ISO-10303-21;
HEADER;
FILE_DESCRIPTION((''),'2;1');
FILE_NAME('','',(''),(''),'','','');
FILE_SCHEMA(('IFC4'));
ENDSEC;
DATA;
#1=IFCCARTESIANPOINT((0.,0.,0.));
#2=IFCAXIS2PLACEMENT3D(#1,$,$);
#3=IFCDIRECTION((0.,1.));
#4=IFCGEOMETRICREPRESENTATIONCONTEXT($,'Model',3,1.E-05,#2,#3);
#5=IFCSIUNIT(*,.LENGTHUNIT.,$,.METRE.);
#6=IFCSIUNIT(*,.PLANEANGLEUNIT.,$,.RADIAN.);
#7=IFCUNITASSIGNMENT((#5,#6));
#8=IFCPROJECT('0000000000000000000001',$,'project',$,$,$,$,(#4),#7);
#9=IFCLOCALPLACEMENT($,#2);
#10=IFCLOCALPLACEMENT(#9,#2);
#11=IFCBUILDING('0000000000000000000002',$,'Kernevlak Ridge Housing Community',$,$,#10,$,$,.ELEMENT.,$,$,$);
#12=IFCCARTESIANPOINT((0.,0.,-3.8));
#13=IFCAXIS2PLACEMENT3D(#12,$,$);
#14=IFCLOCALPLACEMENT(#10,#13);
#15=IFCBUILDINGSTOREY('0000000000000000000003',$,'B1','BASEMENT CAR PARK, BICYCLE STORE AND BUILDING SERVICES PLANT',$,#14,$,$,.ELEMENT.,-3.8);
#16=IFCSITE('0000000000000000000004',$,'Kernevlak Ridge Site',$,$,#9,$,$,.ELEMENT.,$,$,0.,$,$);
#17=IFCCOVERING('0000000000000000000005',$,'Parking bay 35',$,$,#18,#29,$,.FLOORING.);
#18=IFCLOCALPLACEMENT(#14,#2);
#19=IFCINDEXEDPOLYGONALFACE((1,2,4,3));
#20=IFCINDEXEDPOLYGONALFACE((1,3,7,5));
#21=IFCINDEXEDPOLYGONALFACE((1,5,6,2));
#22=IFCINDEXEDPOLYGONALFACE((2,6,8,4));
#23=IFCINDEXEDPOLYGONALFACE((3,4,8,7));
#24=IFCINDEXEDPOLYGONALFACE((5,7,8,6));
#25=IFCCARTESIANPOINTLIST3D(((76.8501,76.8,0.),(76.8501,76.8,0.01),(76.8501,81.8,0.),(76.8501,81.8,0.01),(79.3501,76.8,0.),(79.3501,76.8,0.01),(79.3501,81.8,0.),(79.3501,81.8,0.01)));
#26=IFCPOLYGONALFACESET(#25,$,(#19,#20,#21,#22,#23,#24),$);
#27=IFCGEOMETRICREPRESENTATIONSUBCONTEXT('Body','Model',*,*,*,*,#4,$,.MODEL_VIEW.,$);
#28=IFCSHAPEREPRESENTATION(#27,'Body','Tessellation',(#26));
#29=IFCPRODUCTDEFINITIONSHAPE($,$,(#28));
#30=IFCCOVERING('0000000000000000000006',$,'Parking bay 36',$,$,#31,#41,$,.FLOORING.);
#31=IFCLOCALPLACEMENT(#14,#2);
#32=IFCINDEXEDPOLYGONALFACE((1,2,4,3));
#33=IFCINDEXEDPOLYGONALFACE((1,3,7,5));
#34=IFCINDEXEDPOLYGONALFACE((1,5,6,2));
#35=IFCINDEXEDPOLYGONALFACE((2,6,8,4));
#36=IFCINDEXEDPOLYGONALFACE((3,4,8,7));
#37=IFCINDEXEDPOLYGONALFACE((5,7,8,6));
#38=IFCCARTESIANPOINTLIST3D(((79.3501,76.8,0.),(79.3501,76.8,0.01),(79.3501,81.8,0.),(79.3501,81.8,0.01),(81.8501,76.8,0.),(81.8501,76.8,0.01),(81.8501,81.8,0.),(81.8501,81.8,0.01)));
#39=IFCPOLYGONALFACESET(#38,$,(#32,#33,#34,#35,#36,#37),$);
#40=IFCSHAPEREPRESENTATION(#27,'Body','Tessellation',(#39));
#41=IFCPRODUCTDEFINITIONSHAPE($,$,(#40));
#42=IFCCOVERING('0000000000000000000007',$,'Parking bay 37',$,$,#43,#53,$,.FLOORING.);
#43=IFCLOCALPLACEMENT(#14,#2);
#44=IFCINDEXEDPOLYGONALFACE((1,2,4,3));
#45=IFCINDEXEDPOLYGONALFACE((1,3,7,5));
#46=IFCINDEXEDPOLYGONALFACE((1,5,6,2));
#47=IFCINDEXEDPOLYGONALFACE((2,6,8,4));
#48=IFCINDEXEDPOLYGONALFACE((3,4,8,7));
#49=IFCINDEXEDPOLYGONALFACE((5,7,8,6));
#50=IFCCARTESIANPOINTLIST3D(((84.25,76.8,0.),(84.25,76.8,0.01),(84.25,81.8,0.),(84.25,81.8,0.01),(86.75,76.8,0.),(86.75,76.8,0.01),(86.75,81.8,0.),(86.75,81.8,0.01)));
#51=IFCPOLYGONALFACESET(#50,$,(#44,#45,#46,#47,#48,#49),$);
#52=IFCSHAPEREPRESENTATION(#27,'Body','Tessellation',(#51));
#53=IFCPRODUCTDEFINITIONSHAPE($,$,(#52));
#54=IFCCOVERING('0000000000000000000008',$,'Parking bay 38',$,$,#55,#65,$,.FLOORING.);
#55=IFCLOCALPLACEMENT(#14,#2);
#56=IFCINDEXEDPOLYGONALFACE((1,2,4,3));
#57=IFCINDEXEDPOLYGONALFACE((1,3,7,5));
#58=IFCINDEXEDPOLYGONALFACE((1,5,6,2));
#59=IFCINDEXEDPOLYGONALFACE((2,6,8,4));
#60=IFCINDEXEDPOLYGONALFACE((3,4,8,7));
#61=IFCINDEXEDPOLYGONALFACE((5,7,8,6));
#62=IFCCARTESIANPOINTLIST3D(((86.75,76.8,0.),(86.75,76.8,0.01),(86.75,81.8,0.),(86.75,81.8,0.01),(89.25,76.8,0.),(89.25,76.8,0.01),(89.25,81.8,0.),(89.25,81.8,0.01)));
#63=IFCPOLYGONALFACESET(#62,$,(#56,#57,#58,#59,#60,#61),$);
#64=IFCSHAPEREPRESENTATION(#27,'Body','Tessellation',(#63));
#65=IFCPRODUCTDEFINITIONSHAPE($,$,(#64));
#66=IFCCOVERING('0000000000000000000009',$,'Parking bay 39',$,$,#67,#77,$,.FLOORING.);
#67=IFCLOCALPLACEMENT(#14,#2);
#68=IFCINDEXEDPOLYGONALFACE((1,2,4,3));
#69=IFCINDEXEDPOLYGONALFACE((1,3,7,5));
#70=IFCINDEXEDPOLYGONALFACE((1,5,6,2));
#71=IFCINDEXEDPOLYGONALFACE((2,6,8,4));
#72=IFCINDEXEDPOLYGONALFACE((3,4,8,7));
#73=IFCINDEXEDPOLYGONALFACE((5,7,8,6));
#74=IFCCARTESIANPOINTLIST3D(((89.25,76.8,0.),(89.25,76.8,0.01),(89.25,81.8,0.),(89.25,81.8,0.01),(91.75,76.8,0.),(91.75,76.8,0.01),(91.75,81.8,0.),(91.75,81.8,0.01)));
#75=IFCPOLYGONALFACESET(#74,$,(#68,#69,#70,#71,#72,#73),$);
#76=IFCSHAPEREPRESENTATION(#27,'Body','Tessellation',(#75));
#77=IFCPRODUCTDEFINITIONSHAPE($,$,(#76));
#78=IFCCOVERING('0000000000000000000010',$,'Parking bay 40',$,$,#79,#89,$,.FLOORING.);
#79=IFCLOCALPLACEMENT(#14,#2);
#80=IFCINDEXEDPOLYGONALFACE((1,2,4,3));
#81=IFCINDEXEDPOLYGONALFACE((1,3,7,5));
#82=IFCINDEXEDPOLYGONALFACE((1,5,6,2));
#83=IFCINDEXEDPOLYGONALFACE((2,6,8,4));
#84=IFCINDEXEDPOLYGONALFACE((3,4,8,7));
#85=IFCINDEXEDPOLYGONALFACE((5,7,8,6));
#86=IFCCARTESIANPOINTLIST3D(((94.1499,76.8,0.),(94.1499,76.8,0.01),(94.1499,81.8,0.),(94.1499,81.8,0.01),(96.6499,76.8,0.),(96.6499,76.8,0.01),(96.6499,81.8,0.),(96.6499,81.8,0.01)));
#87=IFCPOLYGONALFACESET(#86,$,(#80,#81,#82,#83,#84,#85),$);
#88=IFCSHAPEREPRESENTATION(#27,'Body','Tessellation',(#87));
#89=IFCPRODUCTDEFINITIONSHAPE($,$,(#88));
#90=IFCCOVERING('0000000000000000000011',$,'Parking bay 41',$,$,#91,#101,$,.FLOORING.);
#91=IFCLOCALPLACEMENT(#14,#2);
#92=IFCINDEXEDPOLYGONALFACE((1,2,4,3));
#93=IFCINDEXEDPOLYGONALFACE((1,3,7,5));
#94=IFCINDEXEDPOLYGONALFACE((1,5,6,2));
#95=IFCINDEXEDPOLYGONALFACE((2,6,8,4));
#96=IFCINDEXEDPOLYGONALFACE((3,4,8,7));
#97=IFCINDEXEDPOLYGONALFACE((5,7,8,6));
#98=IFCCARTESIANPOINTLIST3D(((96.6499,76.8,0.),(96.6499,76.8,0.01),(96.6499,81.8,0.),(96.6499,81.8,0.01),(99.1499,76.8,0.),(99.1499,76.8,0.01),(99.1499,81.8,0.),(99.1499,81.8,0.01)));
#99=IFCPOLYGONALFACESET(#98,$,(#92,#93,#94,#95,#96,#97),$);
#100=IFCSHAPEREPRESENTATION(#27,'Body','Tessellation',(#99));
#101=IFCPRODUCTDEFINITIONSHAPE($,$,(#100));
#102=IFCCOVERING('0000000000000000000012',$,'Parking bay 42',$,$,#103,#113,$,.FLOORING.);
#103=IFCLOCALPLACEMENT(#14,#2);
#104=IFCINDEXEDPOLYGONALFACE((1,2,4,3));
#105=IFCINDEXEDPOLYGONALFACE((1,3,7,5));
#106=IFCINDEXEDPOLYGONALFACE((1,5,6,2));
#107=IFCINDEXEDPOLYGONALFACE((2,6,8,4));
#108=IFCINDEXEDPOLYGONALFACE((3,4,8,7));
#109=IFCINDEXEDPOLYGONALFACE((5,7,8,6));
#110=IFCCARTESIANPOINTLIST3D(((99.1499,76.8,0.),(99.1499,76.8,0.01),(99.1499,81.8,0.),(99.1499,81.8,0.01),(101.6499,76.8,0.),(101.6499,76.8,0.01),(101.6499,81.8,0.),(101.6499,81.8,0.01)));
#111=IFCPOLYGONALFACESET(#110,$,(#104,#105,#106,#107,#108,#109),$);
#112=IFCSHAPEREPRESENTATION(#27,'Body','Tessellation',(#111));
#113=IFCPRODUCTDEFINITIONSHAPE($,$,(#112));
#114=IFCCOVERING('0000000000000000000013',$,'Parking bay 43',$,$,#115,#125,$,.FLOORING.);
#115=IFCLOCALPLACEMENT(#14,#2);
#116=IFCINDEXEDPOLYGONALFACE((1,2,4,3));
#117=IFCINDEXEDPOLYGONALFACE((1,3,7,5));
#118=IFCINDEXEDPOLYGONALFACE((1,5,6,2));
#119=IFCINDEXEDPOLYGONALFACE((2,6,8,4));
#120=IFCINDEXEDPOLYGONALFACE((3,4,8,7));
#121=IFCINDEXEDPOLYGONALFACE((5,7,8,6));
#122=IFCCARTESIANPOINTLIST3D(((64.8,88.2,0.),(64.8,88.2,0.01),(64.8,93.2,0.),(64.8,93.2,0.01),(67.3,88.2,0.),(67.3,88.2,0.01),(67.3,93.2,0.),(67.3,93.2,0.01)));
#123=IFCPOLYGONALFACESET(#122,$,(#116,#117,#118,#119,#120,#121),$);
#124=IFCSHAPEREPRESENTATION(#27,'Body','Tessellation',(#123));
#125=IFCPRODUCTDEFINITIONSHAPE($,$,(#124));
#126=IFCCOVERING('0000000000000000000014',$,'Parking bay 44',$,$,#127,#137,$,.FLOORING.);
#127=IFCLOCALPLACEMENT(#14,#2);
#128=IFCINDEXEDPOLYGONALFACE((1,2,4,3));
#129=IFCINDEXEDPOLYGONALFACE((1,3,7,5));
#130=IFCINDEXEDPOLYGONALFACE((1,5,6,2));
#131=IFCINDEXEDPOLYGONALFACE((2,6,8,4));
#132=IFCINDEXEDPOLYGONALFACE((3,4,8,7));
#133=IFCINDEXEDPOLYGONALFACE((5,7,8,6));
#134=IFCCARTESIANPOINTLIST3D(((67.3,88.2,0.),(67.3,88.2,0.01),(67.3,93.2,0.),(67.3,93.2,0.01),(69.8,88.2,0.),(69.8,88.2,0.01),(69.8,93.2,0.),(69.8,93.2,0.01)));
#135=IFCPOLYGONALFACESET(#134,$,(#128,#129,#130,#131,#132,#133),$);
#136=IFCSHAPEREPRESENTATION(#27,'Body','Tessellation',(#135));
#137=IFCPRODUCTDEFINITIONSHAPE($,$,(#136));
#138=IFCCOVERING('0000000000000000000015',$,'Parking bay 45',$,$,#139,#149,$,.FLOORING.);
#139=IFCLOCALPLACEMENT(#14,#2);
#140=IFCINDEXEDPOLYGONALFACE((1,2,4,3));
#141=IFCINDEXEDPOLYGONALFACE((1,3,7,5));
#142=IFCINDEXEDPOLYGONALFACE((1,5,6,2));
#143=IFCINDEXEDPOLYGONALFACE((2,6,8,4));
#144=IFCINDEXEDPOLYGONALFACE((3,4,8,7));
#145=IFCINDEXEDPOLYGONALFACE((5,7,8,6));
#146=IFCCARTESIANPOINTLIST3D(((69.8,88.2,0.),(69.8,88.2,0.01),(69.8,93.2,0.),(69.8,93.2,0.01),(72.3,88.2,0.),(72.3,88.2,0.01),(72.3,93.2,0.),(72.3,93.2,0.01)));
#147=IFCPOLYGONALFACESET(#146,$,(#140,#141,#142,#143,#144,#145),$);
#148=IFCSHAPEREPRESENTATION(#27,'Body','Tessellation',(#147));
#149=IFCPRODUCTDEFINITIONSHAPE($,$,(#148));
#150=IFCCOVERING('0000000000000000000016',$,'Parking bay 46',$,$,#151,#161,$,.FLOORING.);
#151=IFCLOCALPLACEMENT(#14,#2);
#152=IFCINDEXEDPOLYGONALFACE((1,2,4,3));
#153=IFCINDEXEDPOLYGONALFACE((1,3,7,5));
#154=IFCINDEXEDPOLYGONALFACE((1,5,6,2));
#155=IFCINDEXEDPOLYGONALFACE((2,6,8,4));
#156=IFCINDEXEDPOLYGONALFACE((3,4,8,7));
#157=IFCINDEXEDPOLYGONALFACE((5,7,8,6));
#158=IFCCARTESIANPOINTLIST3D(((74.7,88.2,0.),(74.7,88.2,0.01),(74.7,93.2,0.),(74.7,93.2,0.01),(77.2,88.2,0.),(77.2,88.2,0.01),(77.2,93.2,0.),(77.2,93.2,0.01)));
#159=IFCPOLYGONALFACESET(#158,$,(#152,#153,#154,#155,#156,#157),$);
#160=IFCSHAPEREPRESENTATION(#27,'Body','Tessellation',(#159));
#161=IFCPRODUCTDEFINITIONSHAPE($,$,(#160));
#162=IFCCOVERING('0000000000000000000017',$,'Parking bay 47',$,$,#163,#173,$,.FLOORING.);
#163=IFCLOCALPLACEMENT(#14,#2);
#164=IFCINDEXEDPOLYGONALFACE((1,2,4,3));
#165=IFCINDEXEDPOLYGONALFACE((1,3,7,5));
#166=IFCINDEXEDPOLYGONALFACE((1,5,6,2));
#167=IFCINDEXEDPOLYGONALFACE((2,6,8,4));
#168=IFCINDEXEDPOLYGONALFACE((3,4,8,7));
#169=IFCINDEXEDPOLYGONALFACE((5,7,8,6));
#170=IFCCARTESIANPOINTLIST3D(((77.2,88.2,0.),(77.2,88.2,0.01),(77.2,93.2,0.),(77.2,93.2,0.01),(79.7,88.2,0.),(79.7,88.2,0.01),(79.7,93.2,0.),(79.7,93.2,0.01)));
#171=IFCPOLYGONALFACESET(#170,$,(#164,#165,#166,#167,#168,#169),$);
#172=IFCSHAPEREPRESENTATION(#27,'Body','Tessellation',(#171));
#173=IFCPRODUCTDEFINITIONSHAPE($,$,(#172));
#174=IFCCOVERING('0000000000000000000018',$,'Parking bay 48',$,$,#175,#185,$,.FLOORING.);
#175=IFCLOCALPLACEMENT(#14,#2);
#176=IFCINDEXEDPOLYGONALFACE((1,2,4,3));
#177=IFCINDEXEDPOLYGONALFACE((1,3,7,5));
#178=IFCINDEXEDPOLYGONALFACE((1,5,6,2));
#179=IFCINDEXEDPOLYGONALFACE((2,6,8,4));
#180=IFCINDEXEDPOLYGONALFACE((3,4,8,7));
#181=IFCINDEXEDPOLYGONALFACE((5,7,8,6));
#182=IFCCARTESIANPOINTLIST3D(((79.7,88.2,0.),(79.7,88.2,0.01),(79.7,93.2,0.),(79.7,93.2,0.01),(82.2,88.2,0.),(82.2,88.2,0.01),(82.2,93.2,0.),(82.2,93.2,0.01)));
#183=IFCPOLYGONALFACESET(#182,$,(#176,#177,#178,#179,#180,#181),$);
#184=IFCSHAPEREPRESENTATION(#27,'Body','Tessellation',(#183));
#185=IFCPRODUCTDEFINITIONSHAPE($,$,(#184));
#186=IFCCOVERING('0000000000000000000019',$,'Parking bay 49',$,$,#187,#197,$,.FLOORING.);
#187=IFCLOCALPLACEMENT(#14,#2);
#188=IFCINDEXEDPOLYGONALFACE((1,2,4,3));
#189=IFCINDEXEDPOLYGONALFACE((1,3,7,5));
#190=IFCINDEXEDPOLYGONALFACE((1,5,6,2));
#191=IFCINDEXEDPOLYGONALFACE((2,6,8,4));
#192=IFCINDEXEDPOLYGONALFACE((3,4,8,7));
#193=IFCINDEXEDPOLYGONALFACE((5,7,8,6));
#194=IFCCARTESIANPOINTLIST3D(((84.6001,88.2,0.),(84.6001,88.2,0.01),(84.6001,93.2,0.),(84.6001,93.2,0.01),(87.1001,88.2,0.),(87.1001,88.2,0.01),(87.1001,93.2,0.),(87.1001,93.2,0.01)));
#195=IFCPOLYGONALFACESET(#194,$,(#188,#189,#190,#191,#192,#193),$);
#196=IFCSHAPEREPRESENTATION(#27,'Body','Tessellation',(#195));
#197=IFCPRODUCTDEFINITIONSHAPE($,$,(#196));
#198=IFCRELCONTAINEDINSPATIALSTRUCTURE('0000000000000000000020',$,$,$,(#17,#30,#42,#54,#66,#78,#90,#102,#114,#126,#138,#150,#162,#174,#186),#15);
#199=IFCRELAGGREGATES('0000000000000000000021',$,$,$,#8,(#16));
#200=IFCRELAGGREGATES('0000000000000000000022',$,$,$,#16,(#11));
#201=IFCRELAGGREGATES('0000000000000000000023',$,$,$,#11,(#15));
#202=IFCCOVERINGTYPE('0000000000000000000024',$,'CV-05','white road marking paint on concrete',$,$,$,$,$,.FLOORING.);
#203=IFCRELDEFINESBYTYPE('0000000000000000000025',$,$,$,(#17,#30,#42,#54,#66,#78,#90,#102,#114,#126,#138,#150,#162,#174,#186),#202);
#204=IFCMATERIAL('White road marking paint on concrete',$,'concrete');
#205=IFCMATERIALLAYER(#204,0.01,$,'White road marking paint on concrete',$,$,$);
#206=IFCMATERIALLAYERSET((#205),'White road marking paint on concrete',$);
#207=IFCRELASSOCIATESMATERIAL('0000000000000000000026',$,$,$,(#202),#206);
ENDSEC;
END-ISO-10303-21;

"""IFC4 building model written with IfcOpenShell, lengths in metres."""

from ifc_helpers import new_model, si_unit, direction, frame, origin, place, context, subcontext, project, spatial, polyline, outline, extrude, material, layer, layer_set, type_object, element, save


model = new_model("IFC4")

# Units and contexts
model_context = context("Model", 3, precision=1e-05, world=origin(), true_north=direction((0.0, 1.0)))
body_context = subcontext(model_context, "Body", "Model", "MODEL_VIEW")
ifc_project = project(units=[si_unit("LENGTHUNIT", "METRE"), si_unit("PLANEANGLEUNIT", "RADIAN")], contexts=[model_context])

# Site, building, storey
site_placement = place(None, origin())
site = spatial("IfcSite", under=ifc_project, at=site_placement, Name="Kernevlak Ridge Site", CompositionType="ELEMENT", RefElevation=0.0)
building_placement = place(site_placement, origin())
building = spatial("IfcBuilding", under=site, at=building_placement, Name="Kernevlak Ridge Housing Community", CompositionType="ELEMENT")
storey_placement = place(building_placement, frame((0.0, 0.0, -3.8)))
storey = spatial("IfcBuildingStorey", under=building, at=storey_placement, Name="B1", Description="BASEMENT CAR PARK, BICYCLE STORE AND BUILDING SERVICES PLANT", CompositionType="ELEMENT", Elevation=-3.8)

# Coverings
ifc_material_1 = material(Name="White road marking paint on concrete", Category="concrete")
ifc_layer_1 = layer(ifc_material_1, 0.01, Name="White road marking paint on concrete")
ifc_layer_set_1 = layer_set([ifc_layer_1], Name="White road marking paint on concrete")
covering_type = type_object("IfcCoveringType", Name="CV-05", Description="white road marking paint on concrete", PredefinedType="FLOORING", material=ifc_layer_set_1)
covering_1_placement = place(storey_placement, origin())
element("IfcCovering", 1, at=covering_1_placement, inside=storey, type_object=covering_type, Name="Parking bay 35", PredefinedType="FLOORING", context=body_context, shape_type="SweptSolid", body=[
    extrude(outline(polyline([(76.8501, 76.8), (79.3501, 76.8), (79.3501, 81.8), (76.8501, 81.8), (76.8501, 76.8)])), origin(), (0.0, 0.0, 1.0), 0.01),
])
covering_2_placement = place(storey_placement, origin())
element("IfcCovering", 2, at=covering_2_placement, inside=storey, type_object=covering_type, Name="Parking bay 36", PredefinedType="FLOORING", context=body_context, shape_type="SweptSolid", body=[
    extrude(outline(polyline([(79.3501, 76.8), (81.8501, 76.8), (81.8501, 81.8), (79.3501, 81.8), (79.3501, 76.8)])), origin(), (0.0, 0.0, 1.0), 0.01),
])
covering_3_placement = place(storey_placement, origin())
element("IfcCovering", 3, at=covering_3_placement, inside=storey, type_object=covering_type, Name="Parking bay 37", PredefinedType="FLOORING", context=body_context, shape_type="SweptSolid", body=[
    extrude(outline(polyline([(84.25, 76.8), (86.75, 76.8), (86.75, 81.8), (84.25, 81.8), (84.25, 76.8)])), origin(), (0.0, 0.0, 1.0), 0.01),
])
covering_4_placement = place(storey_placement, origin())
element("IfcCovering", 4, at=covering_4_placement, inside=storey, type_object=covering_type, Name="Parking bay 38", PredefinedType="FLOORING", context=body_context, shape_type="SweptSolid", body=[
    extrude(outline(polyline([(86.75, 76.8), (89.25, 76.8), (89.25, 81.8), (86.75, 81.8), (86.75, 76.8)])), origin(), (0.0, 0.0, 1.0), 0.01),
])
covering_5_placement = place(storey_placement, origin())
element("IfcCovering", 5, at=covering_5_placement, inside=storey, type_object=covering_type, Name="Parking bay 39", PredefinedType="FLOORING", context=body_context, shape_type="SweptSolid", body=[
    extrude(outline(polyline([(89.25, 76.8), (91.75, 76.8), (91.75, 81.8), (89.25, 81.8), (89.25, 76.8)])), origin(), (0.0, 0.0, 1.0), 0.01),
])
covering_6_placement = place(storey_placement, origin())
element("IfcCovering", 6, at=covering_6_placement, inside=storey, type_object=covering_type, Name="Parking bay 40", PredefinedType="FLOORING", context=body_context, shape_type="SweptSolid", body=[
    extrude(outline(polyline([(94.1499, 76.8), (96.6499, 76.8), (96.6499, 81.8), (94.1499, 81.8), (94.1499, 76.8)])), origin(), (0.0, 0.0, 1.0), 0.01),
])
covering_7_placement = place(storey_placement, origin())
element("IfcCovering", 7, at=covering_7_placement, inside=storey, type_object=covering_type, Name="Parking bay 41", PredefinedType="FLOORING", context=body_context, shape_type="SweptSolid", body=[
    extrude(outline(polyline([(96.6499, 76.8), (99.1499, 76.8), (99.1499, 81.8), (96.6499, 81.8), (96.6499, 76.8)])), origin(), (0.0, 0.0, 1.0), 0.01),
])
covering_8_placement = place(storey_placement, origin())
element("IfcCovering", 8, at=covering_8_placement, inside=storey, type_object=covering_type, Name="Parking bay 42", PredefinedType="FLOORING", context=body_context, shape_type="SweptSolid", body=[
    extrude(outline(polyline([(99.1499, 76.8), (101.6499, 76.8), (101.6499, 81.8), (99.1499, 81.8), (99.1499, 76.8)])), origin(), (0.0, 0.0, 1.0), 0.01),
])
covering_9_placement = place(storey_placement, origin())
element("IfcCovering", 9, at=covering_9_placement, inside=storey, type_object=covering_type, Name="Parking bay 43", PredefinedType="FLOORING", context=body_context, shape_type="SweptSolid", body=[
    extrude(outline(polyline([(64.8, 88.2), (67.3, 88.2), (67.3, 93.2), (64.8, 93.2), (64.8, 88.2)])), origin(), (0.0, 0.0, 1.0), 0.01),
])
covering_10_placement = place(storey_placement, origin())
element("IfcCovering", 10, at=covering_10_placement, inside=storey, type_object=covering_type, Name="Parking bay 44", PredefinedType="FLOORING", context=body_context, shape_type="SweptSolid", body=[
    extrude(outline(polyline([(67.3, 88.2), (69.8, 88.2), (69.8, 93.2), (67.3, 93.2), (67.3, 88.2)])), origin(), (0.0, 0.0, 1.0), 0.01),
])
covering_11_placement = place(storey_placement, origin())
element("IfcCovering", 11, at=covering_11_placement, inside=storey, type_object=covering_type, Name="Parking bay 45", PredefinedType="FLOORING", context=body_context, shape_type="SweptSolid", body=[
    extrude(outline(polyline([(69.8, 88.2), (72.3, 88.2), (72.3, 93.2), (69.8, 93.2), (69.8, 88.2)])), origin(), (0.0, 0.0, 1.0), 0.01),
])
covering_12_placement = place(storey_placement, origin())
element("IfcCovering", 12, at=covering_12_placement, inside=storey, type_object=covering_type, Name="Parking bay 46", PredefinedType="FLOORING", context=body_context, shape_type="SweptSolid", body=[
    extrude(outline(polyline([(74.7, 88.2), (77.2, 88.2), (77.2, 93.2), (74.7, 93.2), (74.7, 88.2)])), origin(), (0.0, 0.0, 1.0), 0.01),
])
covering_13_placement = place(storey_placement, origin())
element("IfcCovering", 13, at=covering_13_placement, inside=storey, type_object=covering_type, Name="Parking bay 47", PredefinedType="FLOORING", context=body_context, shape_type="SweptSolid", body=[
    extrude(outline(polyline([(77.2, 88.2), (79.7, 88.2), (79.7, 93.2), (77.2, 93.2), (77.2, 88.2)])), origin(), (0.0, 0.0, 1.0), 0.01),
])
covering_14_placement = place(storey_placement, origin())
element("IfcCovering", 14, at=covering_14_placement, inside=storey, type_object=covering_type, Name="Parking bay 48", PredefinedType="FLOORING", context=body_context, shape_type="SweptSolid", body=[
    extrude(outline(polyline([(79.7, 88.2), (82.2, 88.2), (82.2, 93.2), (79.7, 93.2), (79.7, 88.2)])), origin(), (0.0, 0.0, 1.0), 0.01),
])
covering_15_placement = place(storey_placement, origin())
element("IfcCovering", 15, at=covering_15_placement, inside=storey, type_object=covering_type, Name="Parking bay 49", PredefinedType="FLOORING", context=body_context, shape_type="SweptSolid", body=[
    extrude(outline(polyline([(84.6001, 88.2), (87.1001, 88.2), (87.1001, 93.2), (84.6001, 93.2), (84.6001, 88.2)])), origin(), (0.0, 0.0, 1.0), 0.01),
])

save(model, "model.ifc")
